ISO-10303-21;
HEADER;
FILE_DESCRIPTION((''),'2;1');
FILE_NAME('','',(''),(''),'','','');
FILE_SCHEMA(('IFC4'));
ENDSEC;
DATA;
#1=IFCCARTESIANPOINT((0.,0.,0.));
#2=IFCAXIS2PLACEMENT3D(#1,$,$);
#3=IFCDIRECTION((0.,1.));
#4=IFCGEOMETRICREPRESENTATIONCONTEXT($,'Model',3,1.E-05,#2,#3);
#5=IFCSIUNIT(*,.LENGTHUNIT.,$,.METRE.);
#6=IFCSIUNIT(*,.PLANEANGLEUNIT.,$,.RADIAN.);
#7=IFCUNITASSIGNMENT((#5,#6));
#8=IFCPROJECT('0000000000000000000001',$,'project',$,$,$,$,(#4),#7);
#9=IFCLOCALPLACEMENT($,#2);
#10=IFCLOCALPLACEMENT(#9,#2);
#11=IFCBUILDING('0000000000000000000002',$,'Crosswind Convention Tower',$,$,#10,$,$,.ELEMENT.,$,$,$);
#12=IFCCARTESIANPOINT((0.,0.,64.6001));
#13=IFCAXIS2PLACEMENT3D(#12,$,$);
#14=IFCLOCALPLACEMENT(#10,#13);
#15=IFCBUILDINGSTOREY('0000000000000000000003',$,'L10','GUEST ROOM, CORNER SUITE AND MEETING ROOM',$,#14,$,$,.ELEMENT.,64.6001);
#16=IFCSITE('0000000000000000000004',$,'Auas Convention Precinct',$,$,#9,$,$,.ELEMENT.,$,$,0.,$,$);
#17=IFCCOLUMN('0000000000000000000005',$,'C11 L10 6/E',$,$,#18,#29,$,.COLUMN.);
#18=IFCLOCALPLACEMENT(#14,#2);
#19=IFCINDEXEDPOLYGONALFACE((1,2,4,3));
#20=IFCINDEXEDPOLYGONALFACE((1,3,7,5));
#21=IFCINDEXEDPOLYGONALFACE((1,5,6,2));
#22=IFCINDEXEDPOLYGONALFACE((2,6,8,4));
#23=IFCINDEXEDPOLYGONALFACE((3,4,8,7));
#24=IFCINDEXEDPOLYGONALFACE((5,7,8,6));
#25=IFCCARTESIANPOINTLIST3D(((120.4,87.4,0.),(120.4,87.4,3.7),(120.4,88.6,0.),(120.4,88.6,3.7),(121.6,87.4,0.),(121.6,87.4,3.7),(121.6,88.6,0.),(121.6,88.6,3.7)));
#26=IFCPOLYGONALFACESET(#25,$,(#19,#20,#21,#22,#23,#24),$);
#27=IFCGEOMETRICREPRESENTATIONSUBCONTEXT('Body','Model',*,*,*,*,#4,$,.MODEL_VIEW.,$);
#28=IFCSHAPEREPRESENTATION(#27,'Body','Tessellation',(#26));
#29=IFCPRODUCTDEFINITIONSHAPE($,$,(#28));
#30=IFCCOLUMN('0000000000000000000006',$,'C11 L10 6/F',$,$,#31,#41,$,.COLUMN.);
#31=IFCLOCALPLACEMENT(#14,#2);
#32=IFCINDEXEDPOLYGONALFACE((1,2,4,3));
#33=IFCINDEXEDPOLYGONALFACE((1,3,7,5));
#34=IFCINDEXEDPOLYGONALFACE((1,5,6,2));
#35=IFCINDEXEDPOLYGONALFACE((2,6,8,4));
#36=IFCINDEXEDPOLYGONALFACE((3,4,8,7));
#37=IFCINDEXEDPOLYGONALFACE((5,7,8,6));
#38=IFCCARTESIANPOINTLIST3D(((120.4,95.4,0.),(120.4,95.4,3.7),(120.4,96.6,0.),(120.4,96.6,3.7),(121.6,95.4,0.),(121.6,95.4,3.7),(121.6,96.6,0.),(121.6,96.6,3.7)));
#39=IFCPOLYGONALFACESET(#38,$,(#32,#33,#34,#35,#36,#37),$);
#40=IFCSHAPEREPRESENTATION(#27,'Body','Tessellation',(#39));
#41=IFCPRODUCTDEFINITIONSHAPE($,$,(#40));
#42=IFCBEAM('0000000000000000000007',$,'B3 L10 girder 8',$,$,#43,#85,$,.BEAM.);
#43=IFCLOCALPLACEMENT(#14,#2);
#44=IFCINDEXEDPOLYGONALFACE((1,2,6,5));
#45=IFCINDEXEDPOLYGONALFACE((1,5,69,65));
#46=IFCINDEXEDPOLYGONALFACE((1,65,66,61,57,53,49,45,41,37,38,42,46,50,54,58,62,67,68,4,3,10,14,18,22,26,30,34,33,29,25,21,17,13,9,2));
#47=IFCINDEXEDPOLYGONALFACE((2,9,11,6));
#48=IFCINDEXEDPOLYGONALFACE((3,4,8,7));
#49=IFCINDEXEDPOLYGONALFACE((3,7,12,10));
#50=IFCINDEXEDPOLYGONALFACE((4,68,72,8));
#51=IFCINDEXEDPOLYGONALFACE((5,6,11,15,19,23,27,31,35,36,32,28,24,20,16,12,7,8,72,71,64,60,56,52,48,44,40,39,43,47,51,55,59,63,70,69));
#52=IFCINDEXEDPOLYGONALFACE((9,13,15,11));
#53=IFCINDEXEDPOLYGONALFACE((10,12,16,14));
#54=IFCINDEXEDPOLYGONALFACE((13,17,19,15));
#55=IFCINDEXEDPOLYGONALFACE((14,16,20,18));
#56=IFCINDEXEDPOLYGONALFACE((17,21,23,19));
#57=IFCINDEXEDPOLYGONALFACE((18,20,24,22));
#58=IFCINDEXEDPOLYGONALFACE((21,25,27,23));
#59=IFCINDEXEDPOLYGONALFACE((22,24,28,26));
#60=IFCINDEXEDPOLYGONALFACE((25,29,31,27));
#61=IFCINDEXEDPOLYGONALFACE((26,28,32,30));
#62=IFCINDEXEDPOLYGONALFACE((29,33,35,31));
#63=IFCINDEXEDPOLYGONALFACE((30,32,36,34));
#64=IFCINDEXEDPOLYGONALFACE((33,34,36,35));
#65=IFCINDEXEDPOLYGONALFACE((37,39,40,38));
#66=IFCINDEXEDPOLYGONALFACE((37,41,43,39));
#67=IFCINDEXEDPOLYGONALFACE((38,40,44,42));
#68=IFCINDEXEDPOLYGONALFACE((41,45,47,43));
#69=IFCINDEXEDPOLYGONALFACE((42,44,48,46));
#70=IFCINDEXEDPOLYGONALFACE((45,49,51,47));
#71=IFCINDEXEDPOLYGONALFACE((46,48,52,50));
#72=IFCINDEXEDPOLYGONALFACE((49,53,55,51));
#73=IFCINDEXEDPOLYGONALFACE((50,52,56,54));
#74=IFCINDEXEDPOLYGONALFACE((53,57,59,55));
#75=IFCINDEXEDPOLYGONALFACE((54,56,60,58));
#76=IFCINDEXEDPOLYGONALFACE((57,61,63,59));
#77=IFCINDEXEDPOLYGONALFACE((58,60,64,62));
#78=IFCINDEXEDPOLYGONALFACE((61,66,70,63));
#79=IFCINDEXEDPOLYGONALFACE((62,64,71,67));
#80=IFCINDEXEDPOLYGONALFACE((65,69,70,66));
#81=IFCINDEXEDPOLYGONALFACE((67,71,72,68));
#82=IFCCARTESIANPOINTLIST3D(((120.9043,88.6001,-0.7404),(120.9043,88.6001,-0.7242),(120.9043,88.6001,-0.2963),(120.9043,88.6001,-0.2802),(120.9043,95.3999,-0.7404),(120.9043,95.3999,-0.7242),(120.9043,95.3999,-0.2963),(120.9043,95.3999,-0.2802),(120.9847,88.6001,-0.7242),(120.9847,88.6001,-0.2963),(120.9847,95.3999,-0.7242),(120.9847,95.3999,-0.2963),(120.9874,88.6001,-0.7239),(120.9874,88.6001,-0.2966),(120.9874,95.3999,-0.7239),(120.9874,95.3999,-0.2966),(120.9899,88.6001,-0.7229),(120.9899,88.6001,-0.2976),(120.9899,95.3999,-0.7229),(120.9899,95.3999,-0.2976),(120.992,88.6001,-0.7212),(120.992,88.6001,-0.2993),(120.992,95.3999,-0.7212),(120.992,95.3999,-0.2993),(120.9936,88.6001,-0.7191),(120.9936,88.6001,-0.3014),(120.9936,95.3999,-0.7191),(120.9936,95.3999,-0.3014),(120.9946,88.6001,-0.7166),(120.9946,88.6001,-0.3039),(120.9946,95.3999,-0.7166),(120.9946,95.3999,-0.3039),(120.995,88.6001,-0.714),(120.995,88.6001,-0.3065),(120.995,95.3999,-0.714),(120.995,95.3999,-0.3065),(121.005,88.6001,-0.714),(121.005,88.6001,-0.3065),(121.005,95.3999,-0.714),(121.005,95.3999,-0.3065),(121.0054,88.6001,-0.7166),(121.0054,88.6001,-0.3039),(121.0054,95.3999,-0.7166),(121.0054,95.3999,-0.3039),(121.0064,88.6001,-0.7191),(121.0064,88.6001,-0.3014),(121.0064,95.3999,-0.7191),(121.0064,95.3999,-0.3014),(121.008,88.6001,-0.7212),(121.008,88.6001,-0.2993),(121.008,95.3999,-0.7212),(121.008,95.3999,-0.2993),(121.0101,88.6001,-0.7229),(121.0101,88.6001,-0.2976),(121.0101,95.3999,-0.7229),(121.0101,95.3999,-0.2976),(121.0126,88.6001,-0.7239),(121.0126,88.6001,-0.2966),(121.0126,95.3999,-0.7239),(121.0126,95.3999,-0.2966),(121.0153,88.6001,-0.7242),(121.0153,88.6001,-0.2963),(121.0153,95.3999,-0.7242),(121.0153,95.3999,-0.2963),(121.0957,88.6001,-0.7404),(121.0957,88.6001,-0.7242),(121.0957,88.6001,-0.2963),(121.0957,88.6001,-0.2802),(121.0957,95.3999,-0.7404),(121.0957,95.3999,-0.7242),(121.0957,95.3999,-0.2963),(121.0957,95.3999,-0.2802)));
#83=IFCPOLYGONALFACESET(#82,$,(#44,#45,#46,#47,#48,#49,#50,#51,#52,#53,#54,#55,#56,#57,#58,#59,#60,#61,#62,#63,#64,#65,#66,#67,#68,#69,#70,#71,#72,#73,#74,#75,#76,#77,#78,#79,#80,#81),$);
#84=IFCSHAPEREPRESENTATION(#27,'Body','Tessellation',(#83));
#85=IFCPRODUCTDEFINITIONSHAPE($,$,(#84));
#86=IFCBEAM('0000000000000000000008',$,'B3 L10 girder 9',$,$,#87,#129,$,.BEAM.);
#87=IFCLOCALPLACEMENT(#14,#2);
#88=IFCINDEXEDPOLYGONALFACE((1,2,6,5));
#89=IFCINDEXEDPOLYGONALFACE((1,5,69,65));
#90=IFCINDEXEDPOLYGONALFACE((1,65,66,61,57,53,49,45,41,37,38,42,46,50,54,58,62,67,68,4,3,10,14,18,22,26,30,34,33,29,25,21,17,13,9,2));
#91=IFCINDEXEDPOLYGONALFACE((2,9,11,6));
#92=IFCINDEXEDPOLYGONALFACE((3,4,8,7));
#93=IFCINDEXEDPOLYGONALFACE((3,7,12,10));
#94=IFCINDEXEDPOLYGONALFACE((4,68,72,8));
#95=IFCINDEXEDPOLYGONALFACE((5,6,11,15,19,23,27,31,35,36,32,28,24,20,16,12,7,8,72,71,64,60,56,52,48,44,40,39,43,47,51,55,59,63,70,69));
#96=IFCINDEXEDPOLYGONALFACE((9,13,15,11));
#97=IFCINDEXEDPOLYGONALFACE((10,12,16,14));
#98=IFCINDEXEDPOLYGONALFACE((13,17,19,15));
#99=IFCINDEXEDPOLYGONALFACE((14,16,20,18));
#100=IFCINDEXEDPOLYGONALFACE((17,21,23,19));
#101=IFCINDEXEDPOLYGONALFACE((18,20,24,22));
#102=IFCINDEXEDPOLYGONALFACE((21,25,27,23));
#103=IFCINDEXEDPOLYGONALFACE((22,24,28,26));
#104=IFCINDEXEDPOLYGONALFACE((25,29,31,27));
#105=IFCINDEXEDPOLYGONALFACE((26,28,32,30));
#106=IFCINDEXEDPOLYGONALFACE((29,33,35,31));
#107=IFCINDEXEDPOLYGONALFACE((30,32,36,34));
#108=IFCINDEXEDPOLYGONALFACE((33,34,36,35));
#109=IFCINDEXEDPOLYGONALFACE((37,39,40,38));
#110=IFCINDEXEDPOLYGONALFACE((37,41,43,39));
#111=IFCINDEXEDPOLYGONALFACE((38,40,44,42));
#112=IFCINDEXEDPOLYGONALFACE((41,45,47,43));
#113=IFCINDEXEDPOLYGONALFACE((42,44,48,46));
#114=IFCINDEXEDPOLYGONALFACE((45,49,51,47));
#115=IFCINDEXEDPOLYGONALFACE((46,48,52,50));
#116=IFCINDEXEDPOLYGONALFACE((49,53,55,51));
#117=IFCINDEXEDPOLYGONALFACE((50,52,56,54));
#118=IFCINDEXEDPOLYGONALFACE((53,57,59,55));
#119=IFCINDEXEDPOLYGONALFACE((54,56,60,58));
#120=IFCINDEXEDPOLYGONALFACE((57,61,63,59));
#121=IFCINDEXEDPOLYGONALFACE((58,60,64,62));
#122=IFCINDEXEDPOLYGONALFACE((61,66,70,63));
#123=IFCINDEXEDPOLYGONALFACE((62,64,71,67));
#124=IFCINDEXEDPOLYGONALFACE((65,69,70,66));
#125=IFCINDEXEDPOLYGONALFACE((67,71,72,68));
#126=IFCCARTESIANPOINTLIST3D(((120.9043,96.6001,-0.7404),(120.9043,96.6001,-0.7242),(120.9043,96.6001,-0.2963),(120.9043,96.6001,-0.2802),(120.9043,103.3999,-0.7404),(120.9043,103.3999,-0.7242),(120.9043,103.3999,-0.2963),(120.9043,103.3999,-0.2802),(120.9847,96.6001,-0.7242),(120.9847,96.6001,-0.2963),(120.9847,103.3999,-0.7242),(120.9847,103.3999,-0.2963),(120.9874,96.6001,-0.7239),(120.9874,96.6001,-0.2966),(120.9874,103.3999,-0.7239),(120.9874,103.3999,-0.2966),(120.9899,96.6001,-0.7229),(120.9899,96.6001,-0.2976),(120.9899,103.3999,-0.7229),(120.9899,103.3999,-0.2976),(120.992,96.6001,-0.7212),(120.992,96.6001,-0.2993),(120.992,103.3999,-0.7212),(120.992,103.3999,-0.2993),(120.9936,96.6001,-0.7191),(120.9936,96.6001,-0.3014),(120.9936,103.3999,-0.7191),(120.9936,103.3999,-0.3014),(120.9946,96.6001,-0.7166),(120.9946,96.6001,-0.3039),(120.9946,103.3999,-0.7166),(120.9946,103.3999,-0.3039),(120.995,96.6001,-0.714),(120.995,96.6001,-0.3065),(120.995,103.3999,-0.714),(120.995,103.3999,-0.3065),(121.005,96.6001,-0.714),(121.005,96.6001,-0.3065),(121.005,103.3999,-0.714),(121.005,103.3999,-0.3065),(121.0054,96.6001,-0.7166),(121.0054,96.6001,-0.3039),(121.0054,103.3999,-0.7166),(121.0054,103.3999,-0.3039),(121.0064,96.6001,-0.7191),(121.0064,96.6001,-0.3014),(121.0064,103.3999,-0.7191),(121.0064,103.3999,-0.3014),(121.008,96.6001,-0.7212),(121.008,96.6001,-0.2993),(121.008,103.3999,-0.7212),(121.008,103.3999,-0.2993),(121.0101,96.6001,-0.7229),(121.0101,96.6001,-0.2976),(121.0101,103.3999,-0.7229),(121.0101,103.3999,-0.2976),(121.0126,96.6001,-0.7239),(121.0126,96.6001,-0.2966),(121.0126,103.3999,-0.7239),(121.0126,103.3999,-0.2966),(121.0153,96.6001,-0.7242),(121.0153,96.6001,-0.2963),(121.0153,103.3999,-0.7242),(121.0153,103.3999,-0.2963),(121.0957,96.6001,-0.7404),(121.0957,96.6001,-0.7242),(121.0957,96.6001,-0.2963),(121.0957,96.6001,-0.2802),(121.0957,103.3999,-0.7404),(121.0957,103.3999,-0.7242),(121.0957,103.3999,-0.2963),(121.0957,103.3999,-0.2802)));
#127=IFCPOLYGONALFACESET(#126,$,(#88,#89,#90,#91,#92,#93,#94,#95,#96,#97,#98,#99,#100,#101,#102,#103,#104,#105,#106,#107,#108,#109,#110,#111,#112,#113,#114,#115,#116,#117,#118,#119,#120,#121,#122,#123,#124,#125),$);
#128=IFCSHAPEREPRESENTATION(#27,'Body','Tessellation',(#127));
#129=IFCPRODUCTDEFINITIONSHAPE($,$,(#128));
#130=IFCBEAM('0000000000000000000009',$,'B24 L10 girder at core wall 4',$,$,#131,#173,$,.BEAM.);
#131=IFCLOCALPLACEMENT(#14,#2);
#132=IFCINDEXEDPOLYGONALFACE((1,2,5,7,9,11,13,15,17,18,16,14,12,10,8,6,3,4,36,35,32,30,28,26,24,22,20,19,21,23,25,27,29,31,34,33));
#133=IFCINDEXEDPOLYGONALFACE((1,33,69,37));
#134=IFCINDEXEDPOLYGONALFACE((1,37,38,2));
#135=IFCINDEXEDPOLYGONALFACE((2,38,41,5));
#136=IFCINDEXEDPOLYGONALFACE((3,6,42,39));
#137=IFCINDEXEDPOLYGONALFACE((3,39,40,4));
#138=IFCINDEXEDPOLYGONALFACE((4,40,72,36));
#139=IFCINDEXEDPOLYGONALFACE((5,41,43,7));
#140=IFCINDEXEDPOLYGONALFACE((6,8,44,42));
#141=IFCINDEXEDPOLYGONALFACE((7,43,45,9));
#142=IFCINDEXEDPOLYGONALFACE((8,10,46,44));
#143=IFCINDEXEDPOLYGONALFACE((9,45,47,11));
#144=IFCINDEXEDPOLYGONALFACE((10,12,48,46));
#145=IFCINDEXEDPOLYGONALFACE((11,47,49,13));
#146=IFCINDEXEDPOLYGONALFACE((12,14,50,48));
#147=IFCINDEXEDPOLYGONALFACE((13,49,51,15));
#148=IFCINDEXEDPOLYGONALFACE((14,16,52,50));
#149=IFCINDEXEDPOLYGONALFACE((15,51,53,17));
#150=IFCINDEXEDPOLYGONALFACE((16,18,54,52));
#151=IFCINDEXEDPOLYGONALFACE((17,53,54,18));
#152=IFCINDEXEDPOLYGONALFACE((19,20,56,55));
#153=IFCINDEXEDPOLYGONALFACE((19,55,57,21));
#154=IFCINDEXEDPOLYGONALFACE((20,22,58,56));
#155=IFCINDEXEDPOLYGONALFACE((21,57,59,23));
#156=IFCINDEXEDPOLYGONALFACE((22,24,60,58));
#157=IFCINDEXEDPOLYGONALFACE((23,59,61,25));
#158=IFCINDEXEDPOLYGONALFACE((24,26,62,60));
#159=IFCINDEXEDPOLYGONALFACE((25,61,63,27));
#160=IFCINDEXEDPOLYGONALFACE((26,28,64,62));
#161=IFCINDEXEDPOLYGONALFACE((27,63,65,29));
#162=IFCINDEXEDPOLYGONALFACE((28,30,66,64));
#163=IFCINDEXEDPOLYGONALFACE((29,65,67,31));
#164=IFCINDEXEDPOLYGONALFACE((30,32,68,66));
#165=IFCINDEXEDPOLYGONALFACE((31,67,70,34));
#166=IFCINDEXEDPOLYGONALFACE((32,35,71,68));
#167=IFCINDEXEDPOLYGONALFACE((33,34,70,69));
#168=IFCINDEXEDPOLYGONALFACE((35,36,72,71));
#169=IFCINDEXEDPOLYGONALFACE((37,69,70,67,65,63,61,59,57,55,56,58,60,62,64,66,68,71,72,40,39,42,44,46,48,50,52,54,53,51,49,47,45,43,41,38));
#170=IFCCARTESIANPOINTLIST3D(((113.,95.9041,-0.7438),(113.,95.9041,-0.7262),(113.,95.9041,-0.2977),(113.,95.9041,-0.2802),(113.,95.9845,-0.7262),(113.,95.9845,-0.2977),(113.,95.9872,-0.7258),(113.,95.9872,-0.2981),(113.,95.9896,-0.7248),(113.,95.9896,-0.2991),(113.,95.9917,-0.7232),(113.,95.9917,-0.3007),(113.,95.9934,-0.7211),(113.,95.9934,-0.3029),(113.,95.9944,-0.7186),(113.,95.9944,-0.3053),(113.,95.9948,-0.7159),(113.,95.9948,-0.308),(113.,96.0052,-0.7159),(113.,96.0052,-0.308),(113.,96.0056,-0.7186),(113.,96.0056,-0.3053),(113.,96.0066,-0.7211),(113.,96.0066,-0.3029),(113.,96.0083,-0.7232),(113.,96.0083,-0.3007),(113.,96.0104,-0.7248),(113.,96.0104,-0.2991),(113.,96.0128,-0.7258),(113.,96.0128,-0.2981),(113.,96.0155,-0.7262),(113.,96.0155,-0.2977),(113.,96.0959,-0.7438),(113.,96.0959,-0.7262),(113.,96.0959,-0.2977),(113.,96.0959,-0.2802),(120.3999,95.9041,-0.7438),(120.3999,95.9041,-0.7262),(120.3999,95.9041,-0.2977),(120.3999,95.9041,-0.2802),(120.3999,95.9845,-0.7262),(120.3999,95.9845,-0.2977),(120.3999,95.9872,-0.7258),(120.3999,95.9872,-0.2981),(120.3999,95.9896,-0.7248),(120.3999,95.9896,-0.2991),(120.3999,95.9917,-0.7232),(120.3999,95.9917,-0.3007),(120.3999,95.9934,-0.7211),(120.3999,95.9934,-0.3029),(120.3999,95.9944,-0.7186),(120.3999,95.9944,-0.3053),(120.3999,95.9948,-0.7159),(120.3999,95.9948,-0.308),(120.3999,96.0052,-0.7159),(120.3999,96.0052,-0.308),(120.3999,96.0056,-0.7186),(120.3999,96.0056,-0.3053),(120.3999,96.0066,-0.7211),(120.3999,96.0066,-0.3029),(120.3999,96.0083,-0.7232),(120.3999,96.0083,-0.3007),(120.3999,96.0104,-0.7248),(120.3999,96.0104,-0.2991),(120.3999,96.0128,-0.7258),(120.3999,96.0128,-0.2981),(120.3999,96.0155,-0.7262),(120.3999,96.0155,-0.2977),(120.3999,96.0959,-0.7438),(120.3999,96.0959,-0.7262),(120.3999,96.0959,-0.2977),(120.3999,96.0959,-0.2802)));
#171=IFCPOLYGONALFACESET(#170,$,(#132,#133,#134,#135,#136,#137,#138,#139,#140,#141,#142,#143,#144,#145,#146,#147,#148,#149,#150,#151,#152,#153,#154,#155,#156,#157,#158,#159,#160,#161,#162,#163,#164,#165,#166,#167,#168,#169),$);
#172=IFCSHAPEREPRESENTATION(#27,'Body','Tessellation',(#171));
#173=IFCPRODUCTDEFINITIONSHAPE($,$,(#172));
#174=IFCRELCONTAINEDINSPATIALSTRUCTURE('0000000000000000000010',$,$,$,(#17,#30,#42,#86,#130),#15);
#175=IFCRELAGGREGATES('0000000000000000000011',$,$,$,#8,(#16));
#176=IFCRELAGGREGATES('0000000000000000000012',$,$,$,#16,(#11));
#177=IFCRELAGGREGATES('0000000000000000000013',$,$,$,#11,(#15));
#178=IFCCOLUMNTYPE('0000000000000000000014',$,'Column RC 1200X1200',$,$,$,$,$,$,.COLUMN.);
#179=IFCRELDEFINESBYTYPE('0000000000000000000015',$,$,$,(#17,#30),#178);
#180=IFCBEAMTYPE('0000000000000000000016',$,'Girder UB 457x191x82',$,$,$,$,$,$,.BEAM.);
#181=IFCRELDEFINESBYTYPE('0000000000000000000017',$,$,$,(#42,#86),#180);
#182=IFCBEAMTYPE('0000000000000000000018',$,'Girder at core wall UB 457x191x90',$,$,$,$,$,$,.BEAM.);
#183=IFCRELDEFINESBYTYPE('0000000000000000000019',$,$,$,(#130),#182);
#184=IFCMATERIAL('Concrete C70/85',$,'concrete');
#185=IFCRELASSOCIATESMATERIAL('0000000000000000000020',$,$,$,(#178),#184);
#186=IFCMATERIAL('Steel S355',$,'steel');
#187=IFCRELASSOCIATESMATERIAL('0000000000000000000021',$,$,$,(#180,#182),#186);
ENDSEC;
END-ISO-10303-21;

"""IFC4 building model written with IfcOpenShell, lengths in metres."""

from ifc_helpers import new_model, si_unit, direction, frame, origin, origin_2d, place, context, subcontext, project, spatial, rectangle, i_section, extrude, material, material_profile, profile_set, type_object, element, save


model = new_model("IFC4")

# Units and contexts
model_context = context("Model", 3, precision=1e-05, world=origin(), true_north=direction((0.0, 1.0)))
body_context = subcontext(model_context, "Body", "Model", "MODEL_VIEW")
ifc_project = project(units=[si_unit("LENGTHUNIT", "METRE"), si_unit("PLANEANGLEUNIT", "RADIAN")], contexts=[model_context])

# Site, building, storey
site_placement = place(None, origin())
site = spatial("IfcSite", under=ifc_project, at=site_placement, Name="Auas Convention Precinct", CompositionType="ELEMENT", RefElevation=0.0)
building_placement = place(site_placement, origin())
building = spatial("IfcBuilding", under=site, at=building_placement, Name="Crosswind Convention Tower", CompositionType="ELEMENT")
storey_placement = place(building_placement, frame((0.0, 0.0, 64.6001)))
storey = spatial("IfcBuildingStorey", under=building, at=storey_placement, Name="L10", Description="GUEST ROOM, CORNER SUITE AND MEETING ROOM", CompositionType="ELEMENT", Elevation=64.6001)

# Columns
ifc_material_1 = material(Name="Concrete C70/85", Category="concrete")
ifc_material_profile_1 = material_profile(ifc_material_1, rectangle(XDim=1.2, YDim=1.2, at=origin_2d()), Name="RC 1200X1200")
ifc_profile_set_1 = profile_set([ifc_material_profile_1], Name="Concrete C70/85")
column_type = type_object("IfcColumnType", Name="Column RC 1200X1200", PredefinedType="COLUMN", material=ifc_profile_set_1)
for number, where, z_axis, x_axis, name in (
    (1, (121.0, 88.0, 0.0), (0.0, 0.0, 1.0), (1.0, 0.0, 0.0), "C11 L10 6/E"),
    (2, (121.0, 96.0, 0.0), (0.0, 0.0, 1.0), (1.0, 0.0, 0.0), "C11 L10 6/F"),
):
    element("IfcColumn", number, at=place(storey_placement, frame(where, z_axis=z_axis, x_axis=x_axis)), inside=storey, type_object=column_type, Name=name, PredefinedType="COLUMN", context=body_context, shape_type="SweptSolid", body=[
        extrude(rectangle(XDim=1.2, YDim=1.2, at=origin_2d()), origin(), (0.0, 0.0, 1.0), 3.7),
    ])

# Beams
ifc_material_2 = material(Name="Steel S355", Category="steel")
ifc_material_profile_2 = material_profile(ifc_material_2, i_section(OverallWidth=0.1914, OverallDepth=0.4602, WebThickness=0.01, FlangeThickness=0.0161, FilletRadius=0.0103, at=origin_2d()), Name="UB 457x191x82")
ifc_profile_set_2 = profile_set([ifc_material_profile_2], Name="Steel S355")
beam_type_1 = type_object("IfcBeamType", Name="Girder UB 457x191x82", PredefinedType="BEAM", material=ifc_profile_set_2)
for number, where, z_axis, x_axis, name in (
    (3, (121.0, 88.6001, -0.5103), (0.0, 1.0, 0.0), (-1.0, 0.0, 0.0), "B3 L10 girder 8"),
    (4, (121.0, 96.6001, -0.5103), (0.0, 1.0, 0.0), (-1.0, 0.0, 0.0), "B3 L10 girder 9"),
):
    element("IfcBeam", number, at=place(storey_placement, frame(where, z_axis=z_axis, x_axis=x_axis)), inside=storey, type_object=beam_type_1, Name=name, PredefinedType="BEAM", context=body_context, shape_type="SweptSolid", body=[
        extrude(i_section(OverallWidth=0.1914, OverallDepth=0.4602, WebThickness=0.01, FlangeThickness=0.0161, FilletRadius=0.0103, at=origin_2d()), origin(), (0.0, 0.0, 1.0), 6.7998),
    ])
ifc_material_profile_3 = material_profile(ifc_material_2, i_section(OverallWidth=0.1919, OverallDepth=0.4636, WebThickness=0.0105, FlangeThickness=0.0176, FilletRadius=0.0103, at=origin_2d()), Name="UB 457x191x90")
ifc_profile_set_3 = profile_set([ifc_material_profile_3], Name="Steel S355")
beam_type_2 = type_object("IfcBeamType", Name="Girder at core wall UB 457x191x90", PredefinedType="BEAM", material=ifc_profile_set_3)
beam_1_placement = place(storey_placement, frame((113.0, 96.0, -0.512), z_axis=(1.0, 0.0, 0.0), x_axis=(0.0, 1.0, 0.0)))
element("IfcBeam", 5, at=beam_1_placement, inside=storey, type_object=beam_type_2, Name="B24 L10 girder at core wall 4", PredefinedType="BEAM", context=body_context, shape_type="SweptSolid", body=[
    extrude(i_section(OverallWidth=0.1919, OverallDepth=0.4636, WebThickness=0.0105, FlangeThickness=0.0176, FilletRadius=0.0103, at=origin_2d()), origin(), (0.0, 0.0, 1.0), 7.3999),
])

save(model, "model.ifc")
